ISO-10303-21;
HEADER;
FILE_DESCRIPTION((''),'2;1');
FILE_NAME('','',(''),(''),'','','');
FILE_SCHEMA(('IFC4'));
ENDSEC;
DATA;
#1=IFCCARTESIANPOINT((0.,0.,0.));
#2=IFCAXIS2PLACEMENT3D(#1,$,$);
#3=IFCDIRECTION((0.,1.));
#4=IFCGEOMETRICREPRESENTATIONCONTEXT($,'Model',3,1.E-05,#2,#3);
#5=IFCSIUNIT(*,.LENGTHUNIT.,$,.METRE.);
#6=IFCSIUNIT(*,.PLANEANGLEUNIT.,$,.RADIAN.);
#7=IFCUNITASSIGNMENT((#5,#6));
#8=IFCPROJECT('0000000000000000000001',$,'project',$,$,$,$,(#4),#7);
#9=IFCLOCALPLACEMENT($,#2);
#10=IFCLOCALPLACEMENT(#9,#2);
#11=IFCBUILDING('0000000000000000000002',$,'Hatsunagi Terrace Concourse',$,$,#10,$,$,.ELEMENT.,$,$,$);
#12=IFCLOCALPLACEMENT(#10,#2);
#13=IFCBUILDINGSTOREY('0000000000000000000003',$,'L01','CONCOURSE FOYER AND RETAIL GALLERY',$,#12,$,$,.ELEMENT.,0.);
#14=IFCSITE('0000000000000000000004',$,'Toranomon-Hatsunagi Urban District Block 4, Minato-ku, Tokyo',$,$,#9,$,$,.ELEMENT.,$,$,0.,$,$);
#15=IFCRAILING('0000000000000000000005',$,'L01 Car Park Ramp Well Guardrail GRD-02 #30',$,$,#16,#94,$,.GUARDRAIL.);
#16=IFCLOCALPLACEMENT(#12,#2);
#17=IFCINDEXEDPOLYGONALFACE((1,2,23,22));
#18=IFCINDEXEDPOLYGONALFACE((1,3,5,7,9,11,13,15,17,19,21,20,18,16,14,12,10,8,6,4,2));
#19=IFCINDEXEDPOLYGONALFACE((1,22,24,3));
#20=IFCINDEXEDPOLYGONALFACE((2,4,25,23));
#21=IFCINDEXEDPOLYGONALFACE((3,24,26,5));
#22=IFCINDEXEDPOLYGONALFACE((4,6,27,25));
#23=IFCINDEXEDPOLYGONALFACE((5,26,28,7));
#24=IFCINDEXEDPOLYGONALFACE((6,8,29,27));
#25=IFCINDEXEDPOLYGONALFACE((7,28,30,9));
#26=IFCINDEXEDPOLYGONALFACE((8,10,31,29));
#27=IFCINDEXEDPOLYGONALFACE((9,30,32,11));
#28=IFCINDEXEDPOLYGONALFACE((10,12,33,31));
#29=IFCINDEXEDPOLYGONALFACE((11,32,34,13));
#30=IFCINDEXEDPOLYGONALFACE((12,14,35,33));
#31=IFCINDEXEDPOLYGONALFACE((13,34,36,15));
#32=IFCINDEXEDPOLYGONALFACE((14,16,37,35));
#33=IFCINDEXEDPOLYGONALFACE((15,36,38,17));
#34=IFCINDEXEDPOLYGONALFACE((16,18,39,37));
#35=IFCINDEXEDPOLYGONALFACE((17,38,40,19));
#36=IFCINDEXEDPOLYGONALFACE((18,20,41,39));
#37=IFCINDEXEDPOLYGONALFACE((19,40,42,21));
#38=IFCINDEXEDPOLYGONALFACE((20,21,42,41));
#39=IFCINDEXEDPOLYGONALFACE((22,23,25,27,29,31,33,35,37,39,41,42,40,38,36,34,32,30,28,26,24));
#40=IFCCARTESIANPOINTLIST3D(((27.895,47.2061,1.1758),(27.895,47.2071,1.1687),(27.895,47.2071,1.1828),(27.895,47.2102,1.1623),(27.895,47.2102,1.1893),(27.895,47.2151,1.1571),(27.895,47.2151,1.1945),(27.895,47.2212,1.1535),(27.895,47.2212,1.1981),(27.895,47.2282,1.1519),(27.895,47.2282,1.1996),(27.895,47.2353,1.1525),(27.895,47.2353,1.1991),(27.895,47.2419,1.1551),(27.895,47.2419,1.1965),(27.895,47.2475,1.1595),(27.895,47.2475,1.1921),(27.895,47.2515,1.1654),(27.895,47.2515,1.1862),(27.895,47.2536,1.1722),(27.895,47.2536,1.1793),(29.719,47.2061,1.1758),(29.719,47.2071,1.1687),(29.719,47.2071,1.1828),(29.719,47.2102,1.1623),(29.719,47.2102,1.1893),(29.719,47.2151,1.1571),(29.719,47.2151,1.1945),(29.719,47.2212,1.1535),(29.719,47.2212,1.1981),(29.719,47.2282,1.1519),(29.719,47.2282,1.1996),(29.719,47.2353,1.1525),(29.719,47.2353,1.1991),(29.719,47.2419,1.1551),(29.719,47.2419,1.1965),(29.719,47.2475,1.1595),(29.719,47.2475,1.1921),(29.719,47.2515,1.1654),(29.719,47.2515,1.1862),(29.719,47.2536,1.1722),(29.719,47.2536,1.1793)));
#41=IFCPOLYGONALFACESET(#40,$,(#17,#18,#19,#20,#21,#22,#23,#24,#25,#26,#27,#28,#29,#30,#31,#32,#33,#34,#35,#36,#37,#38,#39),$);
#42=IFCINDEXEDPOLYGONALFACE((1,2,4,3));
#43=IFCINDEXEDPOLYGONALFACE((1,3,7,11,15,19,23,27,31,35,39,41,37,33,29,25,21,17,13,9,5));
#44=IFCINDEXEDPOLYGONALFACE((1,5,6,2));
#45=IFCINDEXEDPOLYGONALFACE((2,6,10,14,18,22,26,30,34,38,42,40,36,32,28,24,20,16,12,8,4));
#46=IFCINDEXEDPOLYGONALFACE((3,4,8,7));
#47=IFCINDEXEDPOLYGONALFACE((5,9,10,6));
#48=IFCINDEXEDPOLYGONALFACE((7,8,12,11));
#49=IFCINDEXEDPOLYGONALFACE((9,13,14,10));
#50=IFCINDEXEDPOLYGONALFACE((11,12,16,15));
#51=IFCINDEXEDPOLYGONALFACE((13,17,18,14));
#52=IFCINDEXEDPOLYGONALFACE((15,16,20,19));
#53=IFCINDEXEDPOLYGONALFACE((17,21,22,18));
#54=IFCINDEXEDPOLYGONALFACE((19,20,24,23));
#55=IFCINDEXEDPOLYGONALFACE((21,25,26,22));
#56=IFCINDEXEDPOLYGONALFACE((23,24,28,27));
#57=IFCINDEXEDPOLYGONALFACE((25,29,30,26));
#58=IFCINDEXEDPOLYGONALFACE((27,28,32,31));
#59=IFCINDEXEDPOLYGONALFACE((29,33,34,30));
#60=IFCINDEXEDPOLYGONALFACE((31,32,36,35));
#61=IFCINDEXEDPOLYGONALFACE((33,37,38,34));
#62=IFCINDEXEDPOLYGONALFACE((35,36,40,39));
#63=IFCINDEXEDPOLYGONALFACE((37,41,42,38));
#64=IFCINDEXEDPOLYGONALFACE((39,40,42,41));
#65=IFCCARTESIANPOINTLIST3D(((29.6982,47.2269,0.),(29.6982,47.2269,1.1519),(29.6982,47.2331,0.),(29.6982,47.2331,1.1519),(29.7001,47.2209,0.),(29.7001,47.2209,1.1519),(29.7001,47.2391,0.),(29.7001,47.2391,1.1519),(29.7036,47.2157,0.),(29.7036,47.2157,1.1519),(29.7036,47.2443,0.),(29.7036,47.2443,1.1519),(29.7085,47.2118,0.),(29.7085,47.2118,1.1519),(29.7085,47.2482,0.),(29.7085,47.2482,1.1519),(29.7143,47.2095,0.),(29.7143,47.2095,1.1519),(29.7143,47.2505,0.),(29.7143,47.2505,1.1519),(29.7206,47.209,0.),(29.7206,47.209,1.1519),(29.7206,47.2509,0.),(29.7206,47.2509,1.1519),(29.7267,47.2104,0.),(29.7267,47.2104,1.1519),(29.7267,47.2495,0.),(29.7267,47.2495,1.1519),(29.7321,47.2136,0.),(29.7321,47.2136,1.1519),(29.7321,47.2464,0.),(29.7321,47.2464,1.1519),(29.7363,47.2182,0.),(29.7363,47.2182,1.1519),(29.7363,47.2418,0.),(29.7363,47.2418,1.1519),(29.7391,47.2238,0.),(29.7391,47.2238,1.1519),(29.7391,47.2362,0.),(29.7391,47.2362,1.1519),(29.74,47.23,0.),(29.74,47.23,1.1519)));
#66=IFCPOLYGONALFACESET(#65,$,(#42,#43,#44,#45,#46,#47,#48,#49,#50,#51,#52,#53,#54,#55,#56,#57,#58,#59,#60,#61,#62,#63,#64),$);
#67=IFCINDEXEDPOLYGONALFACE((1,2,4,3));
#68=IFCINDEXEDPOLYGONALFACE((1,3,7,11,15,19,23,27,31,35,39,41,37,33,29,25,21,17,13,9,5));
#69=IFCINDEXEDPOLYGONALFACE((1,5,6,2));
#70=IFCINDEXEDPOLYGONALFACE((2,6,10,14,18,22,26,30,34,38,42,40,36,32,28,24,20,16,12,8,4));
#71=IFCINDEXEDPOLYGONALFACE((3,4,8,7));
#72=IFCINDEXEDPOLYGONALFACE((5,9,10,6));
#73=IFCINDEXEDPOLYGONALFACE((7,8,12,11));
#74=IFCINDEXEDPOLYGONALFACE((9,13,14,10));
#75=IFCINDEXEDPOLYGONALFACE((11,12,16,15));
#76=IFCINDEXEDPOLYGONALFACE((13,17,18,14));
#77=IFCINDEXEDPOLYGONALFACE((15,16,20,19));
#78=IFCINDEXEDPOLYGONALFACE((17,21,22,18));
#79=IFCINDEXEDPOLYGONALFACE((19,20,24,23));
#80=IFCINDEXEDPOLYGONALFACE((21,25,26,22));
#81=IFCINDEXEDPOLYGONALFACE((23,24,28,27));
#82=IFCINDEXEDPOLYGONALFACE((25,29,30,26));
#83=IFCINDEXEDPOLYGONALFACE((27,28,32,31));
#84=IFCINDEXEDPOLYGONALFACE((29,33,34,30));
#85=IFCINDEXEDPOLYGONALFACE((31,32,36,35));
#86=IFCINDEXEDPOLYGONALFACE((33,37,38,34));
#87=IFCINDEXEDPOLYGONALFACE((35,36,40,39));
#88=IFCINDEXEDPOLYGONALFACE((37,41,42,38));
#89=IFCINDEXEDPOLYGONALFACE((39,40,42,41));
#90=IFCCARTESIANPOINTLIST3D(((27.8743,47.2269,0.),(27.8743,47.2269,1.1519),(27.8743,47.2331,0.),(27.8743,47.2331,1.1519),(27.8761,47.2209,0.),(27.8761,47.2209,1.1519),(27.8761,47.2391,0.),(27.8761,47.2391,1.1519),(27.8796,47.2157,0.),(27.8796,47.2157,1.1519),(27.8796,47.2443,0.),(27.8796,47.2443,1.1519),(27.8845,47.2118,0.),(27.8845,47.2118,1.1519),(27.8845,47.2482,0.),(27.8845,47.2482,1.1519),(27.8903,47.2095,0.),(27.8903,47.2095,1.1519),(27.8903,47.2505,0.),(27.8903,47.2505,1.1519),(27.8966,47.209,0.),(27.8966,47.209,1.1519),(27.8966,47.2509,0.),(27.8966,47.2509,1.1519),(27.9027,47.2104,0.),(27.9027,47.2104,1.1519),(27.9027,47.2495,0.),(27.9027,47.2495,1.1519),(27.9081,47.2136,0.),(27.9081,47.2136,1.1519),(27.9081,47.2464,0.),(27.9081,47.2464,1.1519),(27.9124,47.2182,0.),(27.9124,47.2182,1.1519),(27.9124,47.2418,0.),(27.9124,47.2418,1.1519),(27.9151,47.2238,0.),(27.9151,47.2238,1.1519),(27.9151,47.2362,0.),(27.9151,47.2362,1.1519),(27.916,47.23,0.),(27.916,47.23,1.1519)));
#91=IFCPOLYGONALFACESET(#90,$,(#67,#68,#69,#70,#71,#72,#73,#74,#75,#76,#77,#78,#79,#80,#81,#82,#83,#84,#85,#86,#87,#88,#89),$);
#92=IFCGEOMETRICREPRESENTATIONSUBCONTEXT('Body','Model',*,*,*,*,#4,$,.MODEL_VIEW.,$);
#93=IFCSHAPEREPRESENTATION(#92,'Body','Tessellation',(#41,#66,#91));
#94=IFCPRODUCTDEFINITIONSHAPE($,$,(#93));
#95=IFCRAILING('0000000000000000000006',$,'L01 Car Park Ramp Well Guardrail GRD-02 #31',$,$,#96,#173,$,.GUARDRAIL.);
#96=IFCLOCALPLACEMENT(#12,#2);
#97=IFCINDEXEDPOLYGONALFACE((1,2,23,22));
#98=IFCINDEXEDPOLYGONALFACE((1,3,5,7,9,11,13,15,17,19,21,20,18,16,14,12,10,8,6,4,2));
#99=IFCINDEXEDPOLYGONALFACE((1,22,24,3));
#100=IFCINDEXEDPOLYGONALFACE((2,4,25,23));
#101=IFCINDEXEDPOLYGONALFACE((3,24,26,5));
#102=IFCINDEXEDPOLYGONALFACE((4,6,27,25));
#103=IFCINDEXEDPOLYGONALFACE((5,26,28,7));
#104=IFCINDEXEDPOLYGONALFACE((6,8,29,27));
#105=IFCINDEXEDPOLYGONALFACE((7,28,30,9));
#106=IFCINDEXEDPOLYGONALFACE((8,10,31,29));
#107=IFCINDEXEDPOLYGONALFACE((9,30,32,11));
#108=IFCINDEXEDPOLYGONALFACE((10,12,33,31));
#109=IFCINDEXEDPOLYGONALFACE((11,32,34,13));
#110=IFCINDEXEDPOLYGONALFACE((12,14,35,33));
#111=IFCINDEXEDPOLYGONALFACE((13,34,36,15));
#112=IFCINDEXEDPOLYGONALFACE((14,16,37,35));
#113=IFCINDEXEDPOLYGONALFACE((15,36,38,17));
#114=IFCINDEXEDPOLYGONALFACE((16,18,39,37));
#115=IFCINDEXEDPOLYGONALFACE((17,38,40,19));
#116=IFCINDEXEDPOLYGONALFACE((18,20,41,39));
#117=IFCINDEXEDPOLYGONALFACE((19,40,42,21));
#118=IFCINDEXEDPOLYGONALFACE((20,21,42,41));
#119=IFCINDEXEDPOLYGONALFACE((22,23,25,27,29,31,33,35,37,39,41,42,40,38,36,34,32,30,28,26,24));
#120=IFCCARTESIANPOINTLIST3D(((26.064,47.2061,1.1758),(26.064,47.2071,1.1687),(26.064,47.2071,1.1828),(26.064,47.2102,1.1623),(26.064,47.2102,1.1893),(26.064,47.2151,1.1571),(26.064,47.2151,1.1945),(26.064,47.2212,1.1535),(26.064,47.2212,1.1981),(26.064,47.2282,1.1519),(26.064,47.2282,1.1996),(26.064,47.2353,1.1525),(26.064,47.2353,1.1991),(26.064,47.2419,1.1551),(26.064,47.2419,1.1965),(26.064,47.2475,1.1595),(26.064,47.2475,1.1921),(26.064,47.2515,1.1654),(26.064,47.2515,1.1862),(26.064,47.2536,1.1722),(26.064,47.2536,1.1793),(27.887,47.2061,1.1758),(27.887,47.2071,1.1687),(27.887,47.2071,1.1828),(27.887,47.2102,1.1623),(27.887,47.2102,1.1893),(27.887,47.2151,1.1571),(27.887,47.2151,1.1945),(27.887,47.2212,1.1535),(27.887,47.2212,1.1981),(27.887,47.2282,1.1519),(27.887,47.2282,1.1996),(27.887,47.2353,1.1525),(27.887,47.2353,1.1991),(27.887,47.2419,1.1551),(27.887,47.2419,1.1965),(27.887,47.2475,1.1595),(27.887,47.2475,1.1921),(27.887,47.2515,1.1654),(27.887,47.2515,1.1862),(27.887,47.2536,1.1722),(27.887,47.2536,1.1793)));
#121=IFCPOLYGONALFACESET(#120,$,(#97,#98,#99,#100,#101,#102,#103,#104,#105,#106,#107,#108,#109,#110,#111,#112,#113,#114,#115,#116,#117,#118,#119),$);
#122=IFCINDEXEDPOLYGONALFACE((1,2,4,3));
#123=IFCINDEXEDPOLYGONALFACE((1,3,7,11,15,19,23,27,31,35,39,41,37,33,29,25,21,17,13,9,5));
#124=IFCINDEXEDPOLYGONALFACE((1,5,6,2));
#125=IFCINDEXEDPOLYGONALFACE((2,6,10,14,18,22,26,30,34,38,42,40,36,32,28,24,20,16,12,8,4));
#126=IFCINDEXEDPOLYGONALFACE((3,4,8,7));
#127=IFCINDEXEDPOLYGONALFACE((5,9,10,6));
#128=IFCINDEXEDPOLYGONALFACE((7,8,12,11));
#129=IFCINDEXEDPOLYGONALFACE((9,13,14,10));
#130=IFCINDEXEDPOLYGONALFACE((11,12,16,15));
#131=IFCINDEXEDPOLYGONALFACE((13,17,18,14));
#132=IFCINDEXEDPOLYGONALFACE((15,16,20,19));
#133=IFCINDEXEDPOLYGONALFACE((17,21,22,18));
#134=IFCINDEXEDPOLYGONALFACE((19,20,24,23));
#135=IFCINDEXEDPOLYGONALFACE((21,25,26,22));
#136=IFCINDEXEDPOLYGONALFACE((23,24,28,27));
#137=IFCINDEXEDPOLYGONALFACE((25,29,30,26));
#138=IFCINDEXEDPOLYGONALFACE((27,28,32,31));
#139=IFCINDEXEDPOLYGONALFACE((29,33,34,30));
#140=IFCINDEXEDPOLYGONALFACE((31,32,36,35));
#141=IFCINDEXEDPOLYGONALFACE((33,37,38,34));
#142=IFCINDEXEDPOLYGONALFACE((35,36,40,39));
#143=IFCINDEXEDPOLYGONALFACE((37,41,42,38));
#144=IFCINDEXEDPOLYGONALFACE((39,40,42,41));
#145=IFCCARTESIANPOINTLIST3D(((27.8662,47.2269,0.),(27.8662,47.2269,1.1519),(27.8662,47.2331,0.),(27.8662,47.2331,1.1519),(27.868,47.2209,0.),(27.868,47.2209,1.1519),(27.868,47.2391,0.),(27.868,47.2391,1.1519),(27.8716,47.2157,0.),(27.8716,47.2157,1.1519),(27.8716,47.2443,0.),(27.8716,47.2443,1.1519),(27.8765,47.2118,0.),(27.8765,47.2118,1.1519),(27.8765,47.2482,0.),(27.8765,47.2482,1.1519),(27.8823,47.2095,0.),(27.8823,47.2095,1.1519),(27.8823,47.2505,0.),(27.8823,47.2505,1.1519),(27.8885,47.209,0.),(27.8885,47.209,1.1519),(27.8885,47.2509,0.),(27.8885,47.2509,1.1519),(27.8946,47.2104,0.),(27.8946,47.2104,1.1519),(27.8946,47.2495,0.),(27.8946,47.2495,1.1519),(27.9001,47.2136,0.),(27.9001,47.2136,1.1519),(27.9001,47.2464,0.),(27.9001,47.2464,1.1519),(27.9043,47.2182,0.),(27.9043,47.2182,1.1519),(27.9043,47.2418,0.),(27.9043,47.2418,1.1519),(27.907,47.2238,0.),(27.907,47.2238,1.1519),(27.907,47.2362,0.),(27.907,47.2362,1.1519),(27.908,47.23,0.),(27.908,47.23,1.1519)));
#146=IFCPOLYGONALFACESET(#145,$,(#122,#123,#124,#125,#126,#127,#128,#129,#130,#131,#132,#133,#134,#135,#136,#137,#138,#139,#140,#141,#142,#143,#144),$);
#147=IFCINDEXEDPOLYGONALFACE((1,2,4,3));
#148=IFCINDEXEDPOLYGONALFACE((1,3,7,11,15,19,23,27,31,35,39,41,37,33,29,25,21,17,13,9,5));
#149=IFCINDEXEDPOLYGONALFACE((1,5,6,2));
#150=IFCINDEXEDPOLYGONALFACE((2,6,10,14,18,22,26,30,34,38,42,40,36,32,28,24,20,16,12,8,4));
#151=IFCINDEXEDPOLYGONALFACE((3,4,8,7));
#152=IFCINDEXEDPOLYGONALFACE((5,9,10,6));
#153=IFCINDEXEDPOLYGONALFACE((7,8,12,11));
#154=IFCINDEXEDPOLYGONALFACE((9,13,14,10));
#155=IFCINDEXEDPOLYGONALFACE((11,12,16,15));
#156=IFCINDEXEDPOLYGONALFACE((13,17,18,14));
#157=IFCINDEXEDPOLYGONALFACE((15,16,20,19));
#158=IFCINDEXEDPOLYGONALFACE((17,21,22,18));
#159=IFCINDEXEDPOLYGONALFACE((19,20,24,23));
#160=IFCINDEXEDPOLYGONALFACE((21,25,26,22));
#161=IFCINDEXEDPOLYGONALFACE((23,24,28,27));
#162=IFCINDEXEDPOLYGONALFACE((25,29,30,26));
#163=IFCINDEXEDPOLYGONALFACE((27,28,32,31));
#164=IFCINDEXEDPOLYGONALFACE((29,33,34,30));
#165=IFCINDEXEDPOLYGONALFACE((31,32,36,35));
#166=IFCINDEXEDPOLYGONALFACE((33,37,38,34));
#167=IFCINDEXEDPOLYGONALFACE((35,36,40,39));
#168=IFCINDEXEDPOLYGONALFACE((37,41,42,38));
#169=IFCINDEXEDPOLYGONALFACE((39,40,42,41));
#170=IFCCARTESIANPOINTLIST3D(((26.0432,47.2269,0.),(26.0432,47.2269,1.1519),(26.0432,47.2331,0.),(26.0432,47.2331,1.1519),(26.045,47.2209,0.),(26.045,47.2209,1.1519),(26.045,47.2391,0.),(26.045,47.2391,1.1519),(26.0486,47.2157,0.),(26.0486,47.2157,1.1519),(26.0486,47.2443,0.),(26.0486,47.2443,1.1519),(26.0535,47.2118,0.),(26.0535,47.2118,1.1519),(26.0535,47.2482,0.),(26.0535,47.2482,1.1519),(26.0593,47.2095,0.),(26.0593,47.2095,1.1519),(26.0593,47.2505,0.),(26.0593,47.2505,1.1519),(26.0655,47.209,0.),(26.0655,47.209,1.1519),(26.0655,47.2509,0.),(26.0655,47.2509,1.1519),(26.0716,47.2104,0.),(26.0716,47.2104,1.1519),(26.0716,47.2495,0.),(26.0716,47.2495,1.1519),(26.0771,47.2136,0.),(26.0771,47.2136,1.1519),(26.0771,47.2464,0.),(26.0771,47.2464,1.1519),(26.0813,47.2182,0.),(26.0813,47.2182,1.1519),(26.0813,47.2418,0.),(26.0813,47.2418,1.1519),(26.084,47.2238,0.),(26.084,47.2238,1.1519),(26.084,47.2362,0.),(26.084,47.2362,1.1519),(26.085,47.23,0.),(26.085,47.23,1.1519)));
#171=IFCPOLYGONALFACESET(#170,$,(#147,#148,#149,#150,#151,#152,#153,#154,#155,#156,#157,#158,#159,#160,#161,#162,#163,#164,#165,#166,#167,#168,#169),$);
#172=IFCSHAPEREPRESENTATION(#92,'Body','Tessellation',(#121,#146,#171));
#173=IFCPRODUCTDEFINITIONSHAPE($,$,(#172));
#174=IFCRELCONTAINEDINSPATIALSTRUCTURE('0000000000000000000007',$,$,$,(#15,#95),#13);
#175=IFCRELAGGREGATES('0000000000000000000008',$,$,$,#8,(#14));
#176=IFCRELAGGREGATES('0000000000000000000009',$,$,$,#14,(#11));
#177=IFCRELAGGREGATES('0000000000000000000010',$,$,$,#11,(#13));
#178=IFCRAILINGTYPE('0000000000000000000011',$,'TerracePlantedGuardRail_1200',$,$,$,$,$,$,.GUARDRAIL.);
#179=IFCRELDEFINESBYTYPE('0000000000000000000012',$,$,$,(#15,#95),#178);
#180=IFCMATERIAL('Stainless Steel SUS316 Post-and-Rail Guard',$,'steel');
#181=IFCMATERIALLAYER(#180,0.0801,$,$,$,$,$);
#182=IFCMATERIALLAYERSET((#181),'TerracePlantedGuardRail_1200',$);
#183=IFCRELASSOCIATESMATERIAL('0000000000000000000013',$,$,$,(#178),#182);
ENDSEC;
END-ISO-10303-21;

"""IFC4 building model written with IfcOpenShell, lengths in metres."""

from ifc_helpers import new_model, si_unit, direction, frame, origin, origin_2d, place, context, subcontext, project, spatial, circle, extrude, material, layer, layer_set, type_object, element, save


model = new_model("IFC4")

# Units and contexts
model_context = context("Model", 3, precision=1e-05, world=origin(), true_north=direction((0.0, 1.0)))
body_context = subcontext(model_context, "Body", "Model", "MODEL_VIEW")
ifc_project = project(units=[si_unit("LENGTHUNIT", "METRE"), si_unit("PLANEANGLEUNIT", "RADIAN")], contexts=[model_context])

# Site, building, storey
site_placement = place(None, origin())
site = spatial("IfcSite", under=ifc_project, at=site_placement, Name="Toranomon-Hatsunagi Urban District Block 4, Minato-ku, Tokyo", CompositionType="ELEMENT", RefElevation=0.0)
building_placement = place(site_placement, origin())
building = spatial("IfcBuilding", under=site, at=building_placement, Name="Hatsunagi Terrace Concourse", CompositionType="ELEMENT")
storey_placement = place(building_placement, origin())
storey = spatial("IfcBuildingStorey", under=building, at=storey_placement, Name="L01", Description="CONCOURSE FOYER AND RETAIL GALLERY", CompositionType="ELEMENT", Elevation=0.0)

# Railings
ifc_material_1 = material(Name="Stainless Steel SUS316 Post-and-Rail Guard", Category="steel")
ifc_layer_1 = layer(ifc_material_1, 0.0801)
ifc_layer_set_1 = layer_set([ifc_layer_1], Name="TerracePlantedGuardRail_1200")
railing_type = type_object("IfcRailingType", Name="TerracePlantedGuardRail_1200", PredefinedType="GUARDRAIL", material=ifc_layer_set_1)
railing_1_placement = place(storey_placement, frame((29.719, 47.23, 0.0)))
element("IfcRailing", 1, at=railing_1_placement, inside=storey, type_object=railing_type, Name="L01 Car Park Ramp Well Guardrail GRD-02 #30", PredefinedType="GUARDRAIL", context=body_context, shape_type="SweptSolid", body=[
    extrude(circle(Radius=0.0239, at=origin_2d()), frame((0.0, 0.0, 1.1758), z_axis=(-1.0, 0.0, 0.0), x_axis=(0.0, -1.0, 0.0)), (0.0, 0.0, 1.0), 1.824),
    extrude(circle(Radius=0.021, at=origin_2d()), origin(), (0.0, 0.0, 1.0), 1.1519),
    extrude(circle(Radius=0.021, at=origin_2d()), frame((-1.824, 0.0, 0.0)), (0.0, 0.0, 1.0), 1.1519),
])
railing_2_placement = place(storey_placement, frame((27.887, 47.23, 0.0)))
element("IfcRailing", 2, at=railing_2_placement, inside=storey, type_object=railing_type, Name="L01 Car Park Ramp Well Guardrail GRD-02 #31", PredefinedType="GUARDRAIL", context=body_context, shape_type="SweptSolid", body=[
    extrude(circle(Radius=0.0239, at=origin_2d()), frame((0.0, 0.0, 1.1758), z_axis=(-1.0, 0.0, 0.0), x_axis=(0.0, -1.0, 0.0)), (0.0, 0.0, 1.0), 1.823),
    extrude(circle(Radius=0.021, at=origin_2d()), origin(), (0.0, 0.0, 1.0), 1.1519),
    extrude(circle(Radius=0.021, at=origin_2d()), frame((-1.823, 0.0, 0.0)), (0.0, 0.0, 1.0), 1.1519),
])

save(model, "model.ifc")
